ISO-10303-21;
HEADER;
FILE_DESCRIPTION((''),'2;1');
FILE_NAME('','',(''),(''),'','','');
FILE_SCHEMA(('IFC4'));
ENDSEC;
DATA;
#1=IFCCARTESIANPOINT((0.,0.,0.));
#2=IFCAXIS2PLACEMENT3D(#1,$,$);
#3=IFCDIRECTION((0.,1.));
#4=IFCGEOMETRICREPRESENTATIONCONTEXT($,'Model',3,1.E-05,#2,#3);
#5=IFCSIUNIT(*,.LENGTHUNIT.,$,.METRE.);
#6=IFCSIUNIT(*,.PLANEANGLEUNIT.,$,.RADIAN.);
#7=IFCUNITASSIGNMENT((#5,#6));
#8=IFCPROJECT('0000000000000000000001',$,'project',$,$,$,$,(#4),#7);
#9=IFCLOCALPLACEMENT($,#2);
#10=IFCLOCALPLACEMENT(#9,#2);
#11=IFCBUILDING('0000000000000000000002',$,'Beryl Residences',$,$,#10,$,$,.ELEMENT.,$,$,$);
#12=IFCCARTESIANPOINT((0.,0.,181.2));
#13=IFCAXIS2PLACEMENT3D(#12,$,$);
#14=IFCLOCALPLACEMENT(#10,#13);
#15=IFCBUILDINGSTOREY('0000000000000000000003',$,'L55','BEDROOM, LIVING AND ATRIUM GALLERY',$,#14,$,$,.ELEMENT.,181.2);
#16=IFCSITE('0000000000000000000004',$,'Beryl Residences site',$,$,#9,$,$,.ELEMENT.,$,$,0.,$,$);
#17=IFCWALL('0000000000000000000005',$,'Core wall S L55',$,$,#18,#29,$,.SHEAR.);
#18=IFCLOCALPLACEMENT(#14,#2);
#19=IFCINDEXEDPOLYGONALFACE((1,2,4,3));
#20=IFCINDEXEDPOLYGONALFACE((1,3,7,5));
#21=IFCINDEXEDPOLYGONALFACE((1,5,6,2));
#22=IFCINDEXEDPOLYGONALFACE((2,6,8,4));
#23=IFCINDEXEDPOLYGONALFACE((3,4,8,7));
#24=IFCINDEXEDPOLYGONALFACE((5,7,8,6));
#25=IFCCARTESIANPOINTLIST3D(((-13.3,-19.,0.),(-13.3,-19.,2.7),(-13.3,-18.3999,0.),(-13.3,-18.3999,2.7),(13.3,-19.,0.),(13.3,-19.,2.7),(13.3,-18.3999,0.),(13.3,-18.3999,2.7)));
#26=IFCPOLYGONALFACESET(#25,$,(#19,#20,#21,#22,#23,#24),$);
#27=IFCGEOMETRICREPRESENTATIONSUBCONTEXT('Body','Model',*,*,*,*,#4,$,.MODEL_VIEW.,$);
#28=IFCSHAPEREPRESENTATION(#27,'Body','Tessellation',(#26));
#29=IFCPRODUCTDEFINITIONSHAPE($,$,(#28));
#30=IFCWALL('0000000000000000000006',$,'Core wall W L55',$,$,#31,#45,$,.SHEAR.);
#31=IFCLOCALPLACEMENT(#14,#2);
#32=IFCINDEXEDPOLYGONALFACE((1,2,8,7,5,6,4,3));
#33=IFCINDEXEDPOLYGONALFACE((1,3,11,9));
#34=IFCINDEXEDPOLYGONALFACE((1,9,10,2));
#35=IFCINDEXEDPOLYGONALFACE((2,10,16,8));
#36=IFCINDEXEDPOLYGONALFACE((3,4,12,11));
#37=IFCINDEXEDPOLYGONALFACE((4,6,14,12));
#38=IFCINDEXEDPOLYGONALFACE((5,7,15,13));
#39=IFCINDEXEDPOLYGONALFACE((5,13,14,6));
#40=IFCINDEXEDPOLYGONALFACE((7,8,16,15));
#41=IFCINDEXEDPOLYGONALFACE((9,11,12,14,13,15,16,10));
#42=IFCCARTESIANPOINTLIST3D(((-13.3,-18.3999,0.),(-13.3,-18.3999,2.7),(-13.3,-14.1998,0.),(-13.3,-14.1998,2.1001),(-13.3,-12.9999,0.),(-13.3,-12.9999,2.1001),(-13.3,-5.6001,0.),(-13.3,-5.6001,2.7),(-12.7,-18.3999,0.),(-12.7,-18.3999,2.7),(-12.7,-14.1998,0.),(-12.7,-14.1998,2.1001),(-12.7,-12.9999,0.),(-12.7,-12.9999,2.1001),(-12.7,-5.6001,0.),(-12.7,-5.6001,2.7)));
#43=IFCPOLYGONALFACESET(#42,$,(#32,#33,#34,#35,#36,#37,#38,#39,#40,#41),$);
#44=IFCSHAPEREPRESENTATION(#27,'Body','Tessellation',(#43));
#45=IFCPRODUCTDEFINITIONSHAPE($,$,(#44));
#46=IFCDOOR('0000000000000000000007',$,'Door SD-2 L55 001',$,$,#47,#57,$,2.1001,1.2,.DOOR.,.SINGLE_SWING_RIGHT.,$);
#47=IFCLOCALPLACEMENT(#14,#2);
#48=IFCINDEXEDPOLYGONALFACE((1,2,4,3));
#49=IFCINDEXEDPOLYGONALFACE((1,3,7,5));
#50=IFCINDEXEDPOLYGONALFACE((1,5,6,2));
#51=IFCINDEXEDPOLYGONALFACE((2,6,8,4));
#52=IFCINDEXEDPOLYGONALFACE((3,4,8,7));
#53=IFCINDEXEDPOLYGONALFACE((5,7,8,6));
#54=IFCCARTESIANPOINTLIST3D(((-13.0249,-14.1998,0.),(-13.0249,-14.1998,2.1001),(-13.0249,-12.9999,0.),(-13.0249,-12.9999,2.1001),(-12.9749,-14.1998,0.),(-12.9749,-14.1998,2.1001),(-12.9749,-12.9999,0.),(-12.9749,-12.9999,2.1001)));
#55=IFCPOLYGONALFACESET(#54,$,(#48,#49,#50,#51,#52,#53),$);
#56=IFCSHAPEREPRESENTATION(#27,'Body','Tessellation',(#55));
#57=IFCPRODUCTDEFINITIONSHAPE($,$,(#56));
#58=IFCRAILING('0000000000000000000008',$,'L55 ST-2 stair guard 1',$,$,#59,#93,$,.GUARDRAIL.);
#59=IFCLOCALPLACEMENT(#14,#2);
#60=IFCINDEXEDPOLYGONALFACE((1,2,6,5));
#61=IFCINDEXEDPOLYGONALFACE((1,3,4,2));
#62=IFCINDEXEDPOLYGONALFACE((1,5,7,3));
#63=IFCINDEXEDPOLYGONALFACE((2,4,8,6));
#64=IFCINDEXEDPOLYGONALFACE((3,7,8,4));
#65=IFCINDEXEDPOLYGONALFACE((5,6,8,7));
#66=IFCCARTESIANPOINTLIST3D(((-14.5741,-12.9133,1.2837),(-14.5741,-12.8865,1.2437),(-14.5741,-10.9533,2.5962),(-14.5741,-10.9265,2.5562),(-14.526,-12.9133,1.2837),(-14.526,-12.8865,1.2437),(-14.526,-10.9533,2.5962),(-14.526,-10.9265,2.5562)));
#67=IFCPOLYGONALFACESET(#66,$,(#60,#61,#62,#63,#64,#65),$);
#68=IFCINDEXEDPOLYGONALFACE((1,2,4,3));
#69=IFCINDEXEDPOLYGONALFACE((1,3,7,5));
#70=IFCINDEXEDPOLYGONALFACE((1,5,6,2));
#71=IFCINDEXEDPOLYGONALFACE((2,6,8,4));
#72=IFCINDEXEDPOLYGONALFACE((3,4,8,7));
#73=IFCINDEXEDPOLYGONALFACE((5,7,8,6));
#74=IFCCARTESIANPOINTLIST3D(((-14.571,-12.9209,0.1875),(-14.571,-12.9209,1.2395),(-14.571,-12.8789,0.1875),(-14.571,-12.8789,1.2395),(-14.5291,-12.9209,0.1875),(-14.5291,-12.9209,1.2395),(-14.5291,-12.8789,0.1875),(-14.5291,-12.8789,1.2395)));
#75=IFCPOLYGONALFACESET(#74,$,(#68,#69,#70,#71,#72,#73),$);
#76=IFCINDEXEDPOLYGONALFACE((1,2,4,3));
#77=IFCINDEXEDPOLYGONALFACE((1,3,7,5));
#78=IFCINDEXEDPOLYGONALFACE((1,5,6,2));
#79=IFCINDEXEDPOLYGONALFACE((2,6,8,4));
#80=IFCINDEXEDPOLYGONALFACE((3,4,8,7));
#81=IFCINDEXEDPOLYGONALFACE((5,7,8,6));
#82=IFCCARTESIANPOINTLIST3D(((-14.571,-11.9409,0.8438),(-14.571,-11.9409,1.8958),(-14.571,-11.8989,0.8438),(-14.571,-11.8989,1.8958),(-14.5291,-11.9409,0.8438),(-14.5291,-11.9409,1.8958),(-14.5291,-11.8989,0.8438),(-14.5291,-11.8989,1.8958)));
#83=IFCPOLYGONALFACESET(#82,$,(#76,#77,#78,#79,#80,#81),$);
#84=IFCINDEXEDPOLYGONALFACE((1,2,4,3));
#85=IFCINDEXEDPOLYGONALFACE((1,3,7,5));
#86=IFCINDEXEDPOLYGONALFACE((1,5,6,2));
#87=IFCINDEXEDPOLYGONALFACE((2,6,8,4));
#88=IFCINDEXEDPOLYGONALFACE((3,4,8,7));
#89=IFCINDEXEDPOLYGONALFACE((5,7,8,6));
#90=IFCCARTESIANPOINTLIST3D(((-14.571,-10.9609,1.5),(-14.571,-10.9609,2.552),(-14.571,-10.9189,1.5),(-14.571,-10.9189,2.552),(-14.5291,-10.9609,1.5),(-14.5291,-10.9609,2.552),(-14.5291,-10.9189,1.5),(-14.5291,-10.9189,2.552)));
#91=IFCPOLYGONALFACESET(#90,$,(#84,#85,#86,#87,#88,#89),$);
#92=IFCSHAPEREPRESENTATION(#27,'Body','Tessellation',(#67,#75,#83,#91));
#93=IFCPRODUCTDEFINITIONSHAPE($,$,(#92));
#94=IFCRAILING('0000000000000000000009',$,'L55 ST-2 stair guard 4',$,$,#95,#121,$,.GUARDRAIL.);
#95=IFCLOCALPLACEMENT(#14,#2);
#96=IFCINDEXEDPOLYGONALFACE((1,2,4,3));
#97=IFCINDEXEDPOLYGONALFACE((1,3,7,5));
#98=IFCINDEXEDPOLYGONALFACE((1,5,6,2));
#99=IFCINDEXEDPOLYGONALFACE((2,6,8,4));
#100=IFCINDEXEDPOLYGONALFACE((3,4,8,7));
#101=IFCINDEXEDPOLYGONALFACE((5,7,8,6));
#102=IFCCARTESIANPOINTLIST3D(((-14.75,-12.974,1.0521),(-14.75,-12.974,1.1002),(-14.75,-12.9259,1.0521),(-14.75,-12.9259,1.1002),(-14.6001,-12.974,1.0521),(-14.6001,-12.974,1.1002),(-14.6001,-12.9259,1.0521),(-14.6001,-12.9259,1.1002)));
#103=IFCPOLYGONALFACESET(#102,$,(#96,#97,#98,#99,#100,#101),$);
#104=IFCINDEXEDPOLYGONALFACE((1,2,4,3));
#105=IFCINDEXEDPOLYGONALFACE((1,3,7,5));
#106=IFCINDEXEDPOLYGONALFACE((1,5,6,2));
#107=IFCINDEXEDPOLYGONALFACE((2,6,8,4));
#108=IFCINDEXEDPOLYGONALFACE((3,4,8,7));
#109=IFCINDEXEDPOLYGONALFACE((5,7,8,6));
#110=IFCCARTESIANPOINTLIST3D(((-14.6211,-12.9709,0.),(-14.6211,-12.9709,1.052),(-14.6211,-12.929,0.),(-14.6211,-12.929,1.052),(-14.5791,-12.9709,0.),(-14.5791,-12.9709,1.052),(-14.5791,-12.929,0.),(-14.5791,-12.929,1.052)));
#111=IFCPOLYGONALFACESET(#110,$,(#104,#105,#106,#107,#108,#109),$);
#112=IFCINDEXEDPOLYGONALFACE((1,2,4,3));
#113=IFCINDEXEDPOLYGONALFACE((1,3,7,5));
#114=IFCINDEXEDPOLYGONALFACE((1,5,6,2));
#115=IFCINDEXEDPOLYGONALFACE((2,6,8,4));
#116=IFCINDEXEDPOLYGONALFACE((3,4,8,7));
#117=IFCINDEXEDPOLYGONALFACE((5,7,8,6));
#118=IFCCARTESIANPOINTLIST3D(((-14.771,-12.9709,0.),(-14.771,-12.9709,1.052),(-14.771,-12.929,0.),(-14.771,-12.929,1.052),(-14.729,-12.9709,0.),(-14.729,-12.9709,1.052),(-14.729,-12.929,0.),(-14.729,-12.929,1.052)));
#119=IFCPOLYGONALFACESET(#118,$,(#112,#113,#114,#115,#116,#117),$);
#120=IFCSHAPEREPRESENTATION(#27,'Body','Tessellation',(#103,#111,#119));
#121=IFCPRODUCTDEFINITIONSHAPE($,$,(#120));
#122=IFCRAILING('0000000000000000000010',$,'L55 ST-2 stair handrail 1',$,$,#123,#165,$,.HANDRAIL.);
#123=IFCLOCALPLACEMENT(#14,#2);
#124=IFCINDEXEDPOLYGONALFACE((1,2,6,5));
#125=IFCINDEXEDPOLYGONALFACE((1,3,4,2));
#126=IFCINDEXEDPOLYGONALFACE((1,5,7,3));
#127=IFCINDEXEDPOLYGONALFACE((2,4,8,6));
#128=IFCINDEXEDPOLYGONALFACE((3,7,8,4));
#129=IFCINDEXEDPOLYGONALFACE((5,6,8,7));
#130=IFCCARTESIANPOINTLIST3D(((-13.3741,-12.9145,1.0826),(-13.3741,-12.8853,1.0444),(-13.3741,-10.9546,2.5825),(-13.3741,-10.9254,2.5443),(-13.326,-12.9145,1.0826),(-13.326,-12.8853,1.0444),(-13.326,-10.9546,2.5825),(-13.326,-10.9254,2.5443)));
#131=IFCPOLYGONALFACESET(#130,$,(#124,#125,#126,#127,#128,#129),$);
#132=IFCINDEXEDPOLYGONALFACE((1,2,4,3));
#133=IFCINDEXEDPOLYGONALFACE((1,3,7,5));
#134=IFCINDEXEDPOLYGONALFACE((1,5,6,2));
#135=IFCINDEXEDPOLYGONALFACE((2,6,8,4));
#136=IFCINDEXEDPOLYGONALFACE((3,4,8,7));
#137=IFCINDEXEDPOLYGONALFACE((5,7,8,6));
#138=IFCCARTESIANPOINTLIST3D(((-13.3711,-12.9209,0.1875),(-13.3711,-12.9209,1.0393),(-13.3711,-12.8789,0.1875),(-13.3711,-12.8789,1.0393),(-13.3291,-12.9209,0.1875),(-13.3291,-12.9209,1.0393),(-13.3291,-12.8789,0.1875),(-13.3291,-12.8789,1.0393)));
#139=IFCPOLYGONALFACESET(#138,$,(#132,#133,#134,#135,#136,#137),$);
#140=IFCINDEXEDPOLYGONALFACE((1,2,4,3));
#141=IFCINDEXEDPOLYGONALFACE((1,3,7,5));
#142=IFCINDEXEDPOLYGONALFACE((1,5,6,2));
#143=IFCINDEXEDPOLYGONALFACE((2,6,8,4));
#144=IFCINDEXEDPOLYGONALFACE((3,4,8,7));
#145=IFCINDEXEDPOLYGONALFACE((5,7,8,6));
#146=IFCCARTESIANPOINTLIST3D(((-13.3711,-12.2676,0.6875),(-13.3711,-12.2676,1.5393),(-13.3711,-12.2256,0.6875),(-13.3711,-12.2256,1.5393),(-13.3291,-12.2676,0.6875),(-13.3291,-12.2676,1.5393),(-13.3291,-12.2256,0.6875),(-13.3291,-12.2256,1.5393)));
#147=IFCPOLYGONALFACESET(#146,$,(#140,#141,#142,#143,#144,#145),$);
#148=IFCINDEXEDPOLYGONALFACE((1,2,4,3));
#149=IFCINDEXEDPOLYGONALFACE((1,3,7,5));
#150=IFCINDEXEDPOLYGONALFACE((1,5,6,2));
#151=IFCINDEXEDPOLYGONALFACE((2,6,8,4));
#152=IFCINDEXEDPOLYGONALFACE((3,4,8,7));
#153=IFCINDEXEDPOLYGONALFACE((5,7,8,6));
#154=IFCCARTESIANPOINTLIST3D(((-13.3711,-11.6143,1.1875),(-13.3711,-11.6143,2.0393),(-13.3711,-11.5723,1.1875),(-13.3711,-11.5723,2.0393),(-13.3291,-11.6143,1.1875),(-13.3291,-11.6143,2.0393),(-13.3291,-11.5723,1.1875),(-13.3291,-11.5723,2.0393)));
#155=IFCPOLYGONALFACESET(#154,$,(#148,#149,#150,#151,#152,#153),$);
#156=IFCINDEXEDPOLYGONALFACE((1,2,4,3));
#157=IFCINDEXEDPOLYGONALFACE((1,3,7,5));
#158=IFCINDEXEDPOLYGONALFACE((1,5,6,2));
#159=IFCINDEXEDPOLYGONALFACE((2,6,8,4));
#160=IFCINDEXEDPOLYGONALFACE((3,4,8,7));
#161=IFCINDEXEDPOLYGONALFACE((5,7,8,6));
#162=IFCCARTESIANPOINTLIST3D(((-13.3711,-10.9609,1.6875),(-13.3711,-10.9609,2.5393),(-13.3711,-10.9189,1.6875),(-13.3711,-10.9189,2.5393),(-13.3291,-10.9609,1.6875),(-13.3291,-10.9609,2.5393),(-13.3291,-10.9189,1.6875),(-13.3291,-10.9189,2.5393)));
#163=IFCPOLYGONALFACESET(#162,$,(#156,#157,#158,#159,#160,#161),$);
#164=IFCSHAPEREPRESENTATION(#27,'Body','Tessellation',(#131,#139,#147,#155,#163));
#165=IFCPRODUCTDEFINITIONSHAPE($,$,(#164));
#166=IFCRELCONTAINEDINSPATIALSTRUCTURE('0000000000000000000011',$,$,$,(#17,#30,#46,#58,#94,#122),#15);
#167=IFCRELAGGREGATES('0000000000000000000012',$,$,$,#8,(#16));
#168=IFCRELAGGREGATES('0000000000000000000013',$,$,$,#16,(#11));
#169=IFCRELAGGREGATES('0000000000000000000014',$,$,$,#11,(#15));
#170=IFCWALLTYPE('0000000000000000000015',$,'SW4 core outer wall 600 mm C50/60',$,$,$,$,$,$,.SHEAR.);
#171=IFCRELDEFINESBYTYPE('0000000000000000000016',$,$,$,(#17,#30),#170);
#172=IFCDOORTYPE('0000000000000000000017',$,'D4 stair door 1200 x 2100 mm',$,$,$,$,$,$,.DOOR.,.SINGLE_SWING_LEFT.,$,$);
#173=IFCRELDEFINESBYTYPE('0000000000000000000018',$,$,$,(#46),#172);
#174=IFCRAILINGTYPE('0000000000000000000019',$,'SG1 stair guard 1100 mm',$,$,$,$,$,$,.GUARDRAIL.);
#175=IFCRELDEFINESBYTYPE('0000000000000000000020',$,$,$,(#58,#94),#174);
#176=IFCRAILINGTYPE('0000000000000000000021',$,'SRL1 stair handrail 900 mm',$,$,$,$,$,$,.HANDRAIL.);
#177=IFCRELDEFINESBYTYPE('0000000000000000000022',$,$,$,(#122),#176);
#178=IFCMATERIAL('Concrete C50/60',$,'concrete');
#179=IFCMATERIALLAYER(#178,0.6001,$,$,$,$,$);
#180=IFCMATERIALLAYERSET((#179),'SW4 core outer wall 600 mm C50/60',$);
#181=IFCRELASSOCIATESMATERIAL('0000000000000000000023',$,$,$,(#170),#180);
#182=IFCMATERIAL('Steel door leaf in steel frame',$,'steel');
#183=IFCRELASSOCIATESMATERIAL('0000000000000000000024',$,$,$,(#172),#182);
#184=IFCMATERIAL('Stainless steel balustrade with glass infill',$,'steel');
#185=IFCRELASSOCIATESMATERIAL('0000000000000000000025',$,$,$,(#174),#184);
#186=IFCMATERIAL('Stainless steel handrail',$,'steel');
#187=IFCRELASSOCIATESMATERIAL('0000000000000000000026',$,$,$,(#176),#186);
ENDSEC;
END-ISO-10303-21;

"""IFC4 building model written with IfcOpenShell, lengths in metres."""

from ifc_helpers import new_model, si_unit, direction, frame, frame_2d, origin, origin_2d, place, context, subcontext, project, spatial, rectangle, extrude, material, layer, layer_set, type_object, element, fill, save


model = new_model("IFC4")

# Units and contexts
model_context = context("Model", 3, precision=1e-05, world=origin(), true_north=direction((0.0, 1.0)))
body_context = subcontext(model_context, "Body", "Model", "MODEL_VIEW")
ifc_project = project(units=[si_unit("LENGTHUNIT", "METRE"), si_unit("PLANEANGLEUNIT", "RADIAN")], contexts=[model_context])

# Site, building, storey
site_placement = place(None, origin())
site = spatial("IfcSite", under=ifc_project, at=site_placement, Name="Beryl Residences site", CompositionType="ELEMENT", RefElevation=0.0)
building_placement = place(site_placement, origin())
building = spatial("IfcBuilding", under=site, at=building_placement, Name="Beryl Residences", CompositionType="ELEMENT")
storey_placement = place(building_placement, frame((0.0, 0.0, 181.2)))
storey = spatial("IfcBuildingStorey", under=building, at=storey_placement, Name="L55", Description="BEDROOM, LIVING AND ATRIUM GALLERY", CompositionType="ELEMENT", Elevation=181.2)

# Wall
ifc_material_1 = material(Name="Concrete C50/60", Category="concrete")
ifc_layer_1 = layer(ifc_material_1, 0.6001)
ifc_layer_set_1 = layer_set([ifc_layer_1], Name="SW4 core outer wall 600 mm C50/60")
wall_type_1 = type_object("IfcWallType", Name="SW4 core outer wall 600 mm C50/60", PredefinedType="SHEAR", material=ifc_layer_set_1)
wall_1_placement = place(storey_placement, frame((-13.3, -18.7, 0.0), z_axis=(0.0, 0.0, 1.0), x_axis=(1.0, 0.0, 0.0)))
element("IfcWall", 1, at=wall_1_placement, inside=storey, type_object=wall_type_1, Name="Core wall S L55", PredefinedType="SHEAR", context=body_context, shape_type="SweptSolid", body=[
    extrude(rectangle(XDim=26.6001, YDim=0.6001, at=frame_2d((13.3, 0.0))), origin(), (0.0, 0.0, 1.0), 2.7),
])

# Wall, opening, door
wall_2_placement = place(storey_placement, frame((-13.0, -18.3999, 0.0), z_axis=(0.0, 0.0, 1.0), x_axis=(0.0, 1.0, 0.0)))
wall_2 = element("IfcWall", 2, at=wall_2_placement, inside=storey, type_object=wall_type_1, Name="Core wall W L55", PredefinedType="SHEAR", context=body_context, shape_type="SweptSolid", body=[
    extrude(rectangle(XDim=12.7998, YDim=0.6001, at=frame_2d((6.3999, 0.0))), origin(), (0.0, 0.0, 1.0), 2.7),
])
opening_1_placement = place(wall_2_placement, frame((4.2, 0.0, 0.0)))
opening_1 = element("IfcOpeningElement", 3, at=opening_1_placement, cuts=wall_2, PredefinedType="OPENING", context=body_context, shape_type="SweptSolid", body=[
    extrude(rectangle(XDim=1.2, YDim=2.1001, at=frame_2d((0.6001, 1.05))), frame((0.0, 0.3101, 0.0), z_axis=(0.0, -1.0, 0.0), x_axis=(1.0, 0.0, 0.0)), (0.0, 0.0, 1.0), 0.6201),
])
ifc_material_2 = material(Name="Steel door leaf in steel frame", Category="steel")
door_type_1 = type_object("IfcDoorType", Name="D4 stair door 1200 x 2100 mm", OperationType="SINGLE_SWING_LEFT", PredefinedType="DOOR", material=ifc_material_2)
door_1_placement = place(opening_1_placement, origin())
door_1 = element("IfcDoor", 4, at=door_1_placement, inside=storey, type_object=door_type_1, Name="Door SD-2 L55 001", OperationType="SINGLE_SWING_RIGHT", OverallHeight=2.1001, OverallWidth=1.2, PredefinedType="DOOR", context=body_context, shape_type="SweptSolid", body=[
    extrude(rectangle(XDim=1.2, YDim=2.1001, at=frame_2d((0.6001, 1.05))), frame((0.0, 0.0249, 0.0), z_axis=(0.0, -1.0, 0.0), x_axis=(1.0, 0.0, 0.0)), (0.0, 0.0, 1.0), 0.05),
])
fill(opening_1, door_1)

# Railings
ifc_material_3 = material(Name="Stainless steel balustrade with glass infill", Category="steel")
railing_type_1 = type_object("IfcRailingType", Name="SG1 stair guard 1100 mm", PredefinedType="GUARDRAIL", material=ifc_material_3)
railing_1_placement = place(storey_placement, frame((-14.55, -12.8999, 0.1875)))
element("IfcRailing", 5, at=railing_1_placement, inside=storey, type_object=railing_type_1, Name="L55 ST-2 stair guard 1", PredefinedType="GUARDRAIL", context=body_context, shape_type="SweptSolid", body=[
    extrude(rectangle(XDim=0.0481, YDim=0.0481, at=origin_2d()), frame((0.0, 0.0, 1.0762), z_axis=(0.0, 0.830902, 0.556419), x_axis=(-1.0, 0.0, 0.0)), (0.0, 0.0, 1.0), 2.3589),
    extrude(rectangle(XDim=0.042, YDim=0.042, at=origin_2d()), origin(), (0.0, 0.0, 1.0), 1.052),
    extrude(rectangle(XDim=0.042, YDim=0.042, at=origin_2d()), frame((0.0, 0.98, 0.6562)), (0.0, 0.0, 1.0), 1.052),
    extrude(rectangle(XDim=0.042, YDim=0.042, at=origin_2d()), frame((0.0, 1.96, 1.3125)), (0.0, 0.0, 1.0), 1.052),
])
railing_2_placement = place(storey_placement, frame((-14.6001, -12.95, 0.0)))
element("IfcRailing", 6, at=railing_2_placement, inside=storey, type_object=railing_type_1, Name="L55 ST-2 stair guard 4", PredefinedType="GUARDRAIL", context=body_context, shape_type="SweptSolid", body=[
    extrude(rectangle(XDim=0.0481, YDim=0.0481, at=origin_2d()), frame((0.0, 0.0, 1.0762), z_axis=(-1.0, 0.0, 0.0), x_axis=(0.0, -1.0, 0.0)), (0.0, 0.0, 1.0), 0.1499),
    extrude(rectangle(XDim=0.042, YDim=0.042, at=origin_2d()), origin(), (0.0, 0.0, 1.0), 1.052),
    extrude(rectangle(XDim=0.042, YDim=0.042, at=origin_2d()), frame((-0.1499, 0.0, 0.0)), (0.0, 0.0, 1.0), 1.052),
])
ifc_material_4 = material(Name="Stainless steel handrail", Category="steel")
railing_type_2 = type_object("IfcRailingType", Name="SRL1 stair handrail 900 mm", PredefinedType="HANDRAIL", material=ifc_material_4)
railing_3_placement = place(storey_placement, frame((-13.3501, -12.8999, 0.1875)))
element("IfcRailing", 7, at=railing_3_placement, inside=storey, type_object=railing_type_2, Name="L55 ST-2 stair handrail 1", PredefinedType="HANDRAIL", context=body_context, shape_type="SweptSolid", body=[
    extrude(rectangle(XDim=0.0481, YDim=0.0481, at=origin_2d()), frame((0.0, 0.0, 0.876), z_axis=(0.0, 0.794122, 0.607758), x_axis=(-1.0, 0.0, 0.0)), (0.0, 0.0, 1.0), 2.468),
    extrude(rectangle(XDim=0.042, YDim=0.042, at=origin_2d()), origin(), (0.0, 0.0, 1.0), 0.8518),
    extrude(rectangle(XDim=0.042, YDim=0.042, at=origin_2d()), frame((0.0, 0.6533, 0.5)), (0.0, 0.0, 1.0), 0.8518),
    extrude(rectangle(XDim=0.042, YDim=0.042, at=origin_2d()), frame((0.0, 1.3066, 1.0)), (0.0, 0.0, 1.0), 0.8518),
    extrude(rectangle(XDim=0.042, YDim=0.042, at=origin_2d()), frame((0.0, 1.96, 1.5)), (0.0, 0.0, 1.0), 0.8518),
])

save(model, "model.ifc")
